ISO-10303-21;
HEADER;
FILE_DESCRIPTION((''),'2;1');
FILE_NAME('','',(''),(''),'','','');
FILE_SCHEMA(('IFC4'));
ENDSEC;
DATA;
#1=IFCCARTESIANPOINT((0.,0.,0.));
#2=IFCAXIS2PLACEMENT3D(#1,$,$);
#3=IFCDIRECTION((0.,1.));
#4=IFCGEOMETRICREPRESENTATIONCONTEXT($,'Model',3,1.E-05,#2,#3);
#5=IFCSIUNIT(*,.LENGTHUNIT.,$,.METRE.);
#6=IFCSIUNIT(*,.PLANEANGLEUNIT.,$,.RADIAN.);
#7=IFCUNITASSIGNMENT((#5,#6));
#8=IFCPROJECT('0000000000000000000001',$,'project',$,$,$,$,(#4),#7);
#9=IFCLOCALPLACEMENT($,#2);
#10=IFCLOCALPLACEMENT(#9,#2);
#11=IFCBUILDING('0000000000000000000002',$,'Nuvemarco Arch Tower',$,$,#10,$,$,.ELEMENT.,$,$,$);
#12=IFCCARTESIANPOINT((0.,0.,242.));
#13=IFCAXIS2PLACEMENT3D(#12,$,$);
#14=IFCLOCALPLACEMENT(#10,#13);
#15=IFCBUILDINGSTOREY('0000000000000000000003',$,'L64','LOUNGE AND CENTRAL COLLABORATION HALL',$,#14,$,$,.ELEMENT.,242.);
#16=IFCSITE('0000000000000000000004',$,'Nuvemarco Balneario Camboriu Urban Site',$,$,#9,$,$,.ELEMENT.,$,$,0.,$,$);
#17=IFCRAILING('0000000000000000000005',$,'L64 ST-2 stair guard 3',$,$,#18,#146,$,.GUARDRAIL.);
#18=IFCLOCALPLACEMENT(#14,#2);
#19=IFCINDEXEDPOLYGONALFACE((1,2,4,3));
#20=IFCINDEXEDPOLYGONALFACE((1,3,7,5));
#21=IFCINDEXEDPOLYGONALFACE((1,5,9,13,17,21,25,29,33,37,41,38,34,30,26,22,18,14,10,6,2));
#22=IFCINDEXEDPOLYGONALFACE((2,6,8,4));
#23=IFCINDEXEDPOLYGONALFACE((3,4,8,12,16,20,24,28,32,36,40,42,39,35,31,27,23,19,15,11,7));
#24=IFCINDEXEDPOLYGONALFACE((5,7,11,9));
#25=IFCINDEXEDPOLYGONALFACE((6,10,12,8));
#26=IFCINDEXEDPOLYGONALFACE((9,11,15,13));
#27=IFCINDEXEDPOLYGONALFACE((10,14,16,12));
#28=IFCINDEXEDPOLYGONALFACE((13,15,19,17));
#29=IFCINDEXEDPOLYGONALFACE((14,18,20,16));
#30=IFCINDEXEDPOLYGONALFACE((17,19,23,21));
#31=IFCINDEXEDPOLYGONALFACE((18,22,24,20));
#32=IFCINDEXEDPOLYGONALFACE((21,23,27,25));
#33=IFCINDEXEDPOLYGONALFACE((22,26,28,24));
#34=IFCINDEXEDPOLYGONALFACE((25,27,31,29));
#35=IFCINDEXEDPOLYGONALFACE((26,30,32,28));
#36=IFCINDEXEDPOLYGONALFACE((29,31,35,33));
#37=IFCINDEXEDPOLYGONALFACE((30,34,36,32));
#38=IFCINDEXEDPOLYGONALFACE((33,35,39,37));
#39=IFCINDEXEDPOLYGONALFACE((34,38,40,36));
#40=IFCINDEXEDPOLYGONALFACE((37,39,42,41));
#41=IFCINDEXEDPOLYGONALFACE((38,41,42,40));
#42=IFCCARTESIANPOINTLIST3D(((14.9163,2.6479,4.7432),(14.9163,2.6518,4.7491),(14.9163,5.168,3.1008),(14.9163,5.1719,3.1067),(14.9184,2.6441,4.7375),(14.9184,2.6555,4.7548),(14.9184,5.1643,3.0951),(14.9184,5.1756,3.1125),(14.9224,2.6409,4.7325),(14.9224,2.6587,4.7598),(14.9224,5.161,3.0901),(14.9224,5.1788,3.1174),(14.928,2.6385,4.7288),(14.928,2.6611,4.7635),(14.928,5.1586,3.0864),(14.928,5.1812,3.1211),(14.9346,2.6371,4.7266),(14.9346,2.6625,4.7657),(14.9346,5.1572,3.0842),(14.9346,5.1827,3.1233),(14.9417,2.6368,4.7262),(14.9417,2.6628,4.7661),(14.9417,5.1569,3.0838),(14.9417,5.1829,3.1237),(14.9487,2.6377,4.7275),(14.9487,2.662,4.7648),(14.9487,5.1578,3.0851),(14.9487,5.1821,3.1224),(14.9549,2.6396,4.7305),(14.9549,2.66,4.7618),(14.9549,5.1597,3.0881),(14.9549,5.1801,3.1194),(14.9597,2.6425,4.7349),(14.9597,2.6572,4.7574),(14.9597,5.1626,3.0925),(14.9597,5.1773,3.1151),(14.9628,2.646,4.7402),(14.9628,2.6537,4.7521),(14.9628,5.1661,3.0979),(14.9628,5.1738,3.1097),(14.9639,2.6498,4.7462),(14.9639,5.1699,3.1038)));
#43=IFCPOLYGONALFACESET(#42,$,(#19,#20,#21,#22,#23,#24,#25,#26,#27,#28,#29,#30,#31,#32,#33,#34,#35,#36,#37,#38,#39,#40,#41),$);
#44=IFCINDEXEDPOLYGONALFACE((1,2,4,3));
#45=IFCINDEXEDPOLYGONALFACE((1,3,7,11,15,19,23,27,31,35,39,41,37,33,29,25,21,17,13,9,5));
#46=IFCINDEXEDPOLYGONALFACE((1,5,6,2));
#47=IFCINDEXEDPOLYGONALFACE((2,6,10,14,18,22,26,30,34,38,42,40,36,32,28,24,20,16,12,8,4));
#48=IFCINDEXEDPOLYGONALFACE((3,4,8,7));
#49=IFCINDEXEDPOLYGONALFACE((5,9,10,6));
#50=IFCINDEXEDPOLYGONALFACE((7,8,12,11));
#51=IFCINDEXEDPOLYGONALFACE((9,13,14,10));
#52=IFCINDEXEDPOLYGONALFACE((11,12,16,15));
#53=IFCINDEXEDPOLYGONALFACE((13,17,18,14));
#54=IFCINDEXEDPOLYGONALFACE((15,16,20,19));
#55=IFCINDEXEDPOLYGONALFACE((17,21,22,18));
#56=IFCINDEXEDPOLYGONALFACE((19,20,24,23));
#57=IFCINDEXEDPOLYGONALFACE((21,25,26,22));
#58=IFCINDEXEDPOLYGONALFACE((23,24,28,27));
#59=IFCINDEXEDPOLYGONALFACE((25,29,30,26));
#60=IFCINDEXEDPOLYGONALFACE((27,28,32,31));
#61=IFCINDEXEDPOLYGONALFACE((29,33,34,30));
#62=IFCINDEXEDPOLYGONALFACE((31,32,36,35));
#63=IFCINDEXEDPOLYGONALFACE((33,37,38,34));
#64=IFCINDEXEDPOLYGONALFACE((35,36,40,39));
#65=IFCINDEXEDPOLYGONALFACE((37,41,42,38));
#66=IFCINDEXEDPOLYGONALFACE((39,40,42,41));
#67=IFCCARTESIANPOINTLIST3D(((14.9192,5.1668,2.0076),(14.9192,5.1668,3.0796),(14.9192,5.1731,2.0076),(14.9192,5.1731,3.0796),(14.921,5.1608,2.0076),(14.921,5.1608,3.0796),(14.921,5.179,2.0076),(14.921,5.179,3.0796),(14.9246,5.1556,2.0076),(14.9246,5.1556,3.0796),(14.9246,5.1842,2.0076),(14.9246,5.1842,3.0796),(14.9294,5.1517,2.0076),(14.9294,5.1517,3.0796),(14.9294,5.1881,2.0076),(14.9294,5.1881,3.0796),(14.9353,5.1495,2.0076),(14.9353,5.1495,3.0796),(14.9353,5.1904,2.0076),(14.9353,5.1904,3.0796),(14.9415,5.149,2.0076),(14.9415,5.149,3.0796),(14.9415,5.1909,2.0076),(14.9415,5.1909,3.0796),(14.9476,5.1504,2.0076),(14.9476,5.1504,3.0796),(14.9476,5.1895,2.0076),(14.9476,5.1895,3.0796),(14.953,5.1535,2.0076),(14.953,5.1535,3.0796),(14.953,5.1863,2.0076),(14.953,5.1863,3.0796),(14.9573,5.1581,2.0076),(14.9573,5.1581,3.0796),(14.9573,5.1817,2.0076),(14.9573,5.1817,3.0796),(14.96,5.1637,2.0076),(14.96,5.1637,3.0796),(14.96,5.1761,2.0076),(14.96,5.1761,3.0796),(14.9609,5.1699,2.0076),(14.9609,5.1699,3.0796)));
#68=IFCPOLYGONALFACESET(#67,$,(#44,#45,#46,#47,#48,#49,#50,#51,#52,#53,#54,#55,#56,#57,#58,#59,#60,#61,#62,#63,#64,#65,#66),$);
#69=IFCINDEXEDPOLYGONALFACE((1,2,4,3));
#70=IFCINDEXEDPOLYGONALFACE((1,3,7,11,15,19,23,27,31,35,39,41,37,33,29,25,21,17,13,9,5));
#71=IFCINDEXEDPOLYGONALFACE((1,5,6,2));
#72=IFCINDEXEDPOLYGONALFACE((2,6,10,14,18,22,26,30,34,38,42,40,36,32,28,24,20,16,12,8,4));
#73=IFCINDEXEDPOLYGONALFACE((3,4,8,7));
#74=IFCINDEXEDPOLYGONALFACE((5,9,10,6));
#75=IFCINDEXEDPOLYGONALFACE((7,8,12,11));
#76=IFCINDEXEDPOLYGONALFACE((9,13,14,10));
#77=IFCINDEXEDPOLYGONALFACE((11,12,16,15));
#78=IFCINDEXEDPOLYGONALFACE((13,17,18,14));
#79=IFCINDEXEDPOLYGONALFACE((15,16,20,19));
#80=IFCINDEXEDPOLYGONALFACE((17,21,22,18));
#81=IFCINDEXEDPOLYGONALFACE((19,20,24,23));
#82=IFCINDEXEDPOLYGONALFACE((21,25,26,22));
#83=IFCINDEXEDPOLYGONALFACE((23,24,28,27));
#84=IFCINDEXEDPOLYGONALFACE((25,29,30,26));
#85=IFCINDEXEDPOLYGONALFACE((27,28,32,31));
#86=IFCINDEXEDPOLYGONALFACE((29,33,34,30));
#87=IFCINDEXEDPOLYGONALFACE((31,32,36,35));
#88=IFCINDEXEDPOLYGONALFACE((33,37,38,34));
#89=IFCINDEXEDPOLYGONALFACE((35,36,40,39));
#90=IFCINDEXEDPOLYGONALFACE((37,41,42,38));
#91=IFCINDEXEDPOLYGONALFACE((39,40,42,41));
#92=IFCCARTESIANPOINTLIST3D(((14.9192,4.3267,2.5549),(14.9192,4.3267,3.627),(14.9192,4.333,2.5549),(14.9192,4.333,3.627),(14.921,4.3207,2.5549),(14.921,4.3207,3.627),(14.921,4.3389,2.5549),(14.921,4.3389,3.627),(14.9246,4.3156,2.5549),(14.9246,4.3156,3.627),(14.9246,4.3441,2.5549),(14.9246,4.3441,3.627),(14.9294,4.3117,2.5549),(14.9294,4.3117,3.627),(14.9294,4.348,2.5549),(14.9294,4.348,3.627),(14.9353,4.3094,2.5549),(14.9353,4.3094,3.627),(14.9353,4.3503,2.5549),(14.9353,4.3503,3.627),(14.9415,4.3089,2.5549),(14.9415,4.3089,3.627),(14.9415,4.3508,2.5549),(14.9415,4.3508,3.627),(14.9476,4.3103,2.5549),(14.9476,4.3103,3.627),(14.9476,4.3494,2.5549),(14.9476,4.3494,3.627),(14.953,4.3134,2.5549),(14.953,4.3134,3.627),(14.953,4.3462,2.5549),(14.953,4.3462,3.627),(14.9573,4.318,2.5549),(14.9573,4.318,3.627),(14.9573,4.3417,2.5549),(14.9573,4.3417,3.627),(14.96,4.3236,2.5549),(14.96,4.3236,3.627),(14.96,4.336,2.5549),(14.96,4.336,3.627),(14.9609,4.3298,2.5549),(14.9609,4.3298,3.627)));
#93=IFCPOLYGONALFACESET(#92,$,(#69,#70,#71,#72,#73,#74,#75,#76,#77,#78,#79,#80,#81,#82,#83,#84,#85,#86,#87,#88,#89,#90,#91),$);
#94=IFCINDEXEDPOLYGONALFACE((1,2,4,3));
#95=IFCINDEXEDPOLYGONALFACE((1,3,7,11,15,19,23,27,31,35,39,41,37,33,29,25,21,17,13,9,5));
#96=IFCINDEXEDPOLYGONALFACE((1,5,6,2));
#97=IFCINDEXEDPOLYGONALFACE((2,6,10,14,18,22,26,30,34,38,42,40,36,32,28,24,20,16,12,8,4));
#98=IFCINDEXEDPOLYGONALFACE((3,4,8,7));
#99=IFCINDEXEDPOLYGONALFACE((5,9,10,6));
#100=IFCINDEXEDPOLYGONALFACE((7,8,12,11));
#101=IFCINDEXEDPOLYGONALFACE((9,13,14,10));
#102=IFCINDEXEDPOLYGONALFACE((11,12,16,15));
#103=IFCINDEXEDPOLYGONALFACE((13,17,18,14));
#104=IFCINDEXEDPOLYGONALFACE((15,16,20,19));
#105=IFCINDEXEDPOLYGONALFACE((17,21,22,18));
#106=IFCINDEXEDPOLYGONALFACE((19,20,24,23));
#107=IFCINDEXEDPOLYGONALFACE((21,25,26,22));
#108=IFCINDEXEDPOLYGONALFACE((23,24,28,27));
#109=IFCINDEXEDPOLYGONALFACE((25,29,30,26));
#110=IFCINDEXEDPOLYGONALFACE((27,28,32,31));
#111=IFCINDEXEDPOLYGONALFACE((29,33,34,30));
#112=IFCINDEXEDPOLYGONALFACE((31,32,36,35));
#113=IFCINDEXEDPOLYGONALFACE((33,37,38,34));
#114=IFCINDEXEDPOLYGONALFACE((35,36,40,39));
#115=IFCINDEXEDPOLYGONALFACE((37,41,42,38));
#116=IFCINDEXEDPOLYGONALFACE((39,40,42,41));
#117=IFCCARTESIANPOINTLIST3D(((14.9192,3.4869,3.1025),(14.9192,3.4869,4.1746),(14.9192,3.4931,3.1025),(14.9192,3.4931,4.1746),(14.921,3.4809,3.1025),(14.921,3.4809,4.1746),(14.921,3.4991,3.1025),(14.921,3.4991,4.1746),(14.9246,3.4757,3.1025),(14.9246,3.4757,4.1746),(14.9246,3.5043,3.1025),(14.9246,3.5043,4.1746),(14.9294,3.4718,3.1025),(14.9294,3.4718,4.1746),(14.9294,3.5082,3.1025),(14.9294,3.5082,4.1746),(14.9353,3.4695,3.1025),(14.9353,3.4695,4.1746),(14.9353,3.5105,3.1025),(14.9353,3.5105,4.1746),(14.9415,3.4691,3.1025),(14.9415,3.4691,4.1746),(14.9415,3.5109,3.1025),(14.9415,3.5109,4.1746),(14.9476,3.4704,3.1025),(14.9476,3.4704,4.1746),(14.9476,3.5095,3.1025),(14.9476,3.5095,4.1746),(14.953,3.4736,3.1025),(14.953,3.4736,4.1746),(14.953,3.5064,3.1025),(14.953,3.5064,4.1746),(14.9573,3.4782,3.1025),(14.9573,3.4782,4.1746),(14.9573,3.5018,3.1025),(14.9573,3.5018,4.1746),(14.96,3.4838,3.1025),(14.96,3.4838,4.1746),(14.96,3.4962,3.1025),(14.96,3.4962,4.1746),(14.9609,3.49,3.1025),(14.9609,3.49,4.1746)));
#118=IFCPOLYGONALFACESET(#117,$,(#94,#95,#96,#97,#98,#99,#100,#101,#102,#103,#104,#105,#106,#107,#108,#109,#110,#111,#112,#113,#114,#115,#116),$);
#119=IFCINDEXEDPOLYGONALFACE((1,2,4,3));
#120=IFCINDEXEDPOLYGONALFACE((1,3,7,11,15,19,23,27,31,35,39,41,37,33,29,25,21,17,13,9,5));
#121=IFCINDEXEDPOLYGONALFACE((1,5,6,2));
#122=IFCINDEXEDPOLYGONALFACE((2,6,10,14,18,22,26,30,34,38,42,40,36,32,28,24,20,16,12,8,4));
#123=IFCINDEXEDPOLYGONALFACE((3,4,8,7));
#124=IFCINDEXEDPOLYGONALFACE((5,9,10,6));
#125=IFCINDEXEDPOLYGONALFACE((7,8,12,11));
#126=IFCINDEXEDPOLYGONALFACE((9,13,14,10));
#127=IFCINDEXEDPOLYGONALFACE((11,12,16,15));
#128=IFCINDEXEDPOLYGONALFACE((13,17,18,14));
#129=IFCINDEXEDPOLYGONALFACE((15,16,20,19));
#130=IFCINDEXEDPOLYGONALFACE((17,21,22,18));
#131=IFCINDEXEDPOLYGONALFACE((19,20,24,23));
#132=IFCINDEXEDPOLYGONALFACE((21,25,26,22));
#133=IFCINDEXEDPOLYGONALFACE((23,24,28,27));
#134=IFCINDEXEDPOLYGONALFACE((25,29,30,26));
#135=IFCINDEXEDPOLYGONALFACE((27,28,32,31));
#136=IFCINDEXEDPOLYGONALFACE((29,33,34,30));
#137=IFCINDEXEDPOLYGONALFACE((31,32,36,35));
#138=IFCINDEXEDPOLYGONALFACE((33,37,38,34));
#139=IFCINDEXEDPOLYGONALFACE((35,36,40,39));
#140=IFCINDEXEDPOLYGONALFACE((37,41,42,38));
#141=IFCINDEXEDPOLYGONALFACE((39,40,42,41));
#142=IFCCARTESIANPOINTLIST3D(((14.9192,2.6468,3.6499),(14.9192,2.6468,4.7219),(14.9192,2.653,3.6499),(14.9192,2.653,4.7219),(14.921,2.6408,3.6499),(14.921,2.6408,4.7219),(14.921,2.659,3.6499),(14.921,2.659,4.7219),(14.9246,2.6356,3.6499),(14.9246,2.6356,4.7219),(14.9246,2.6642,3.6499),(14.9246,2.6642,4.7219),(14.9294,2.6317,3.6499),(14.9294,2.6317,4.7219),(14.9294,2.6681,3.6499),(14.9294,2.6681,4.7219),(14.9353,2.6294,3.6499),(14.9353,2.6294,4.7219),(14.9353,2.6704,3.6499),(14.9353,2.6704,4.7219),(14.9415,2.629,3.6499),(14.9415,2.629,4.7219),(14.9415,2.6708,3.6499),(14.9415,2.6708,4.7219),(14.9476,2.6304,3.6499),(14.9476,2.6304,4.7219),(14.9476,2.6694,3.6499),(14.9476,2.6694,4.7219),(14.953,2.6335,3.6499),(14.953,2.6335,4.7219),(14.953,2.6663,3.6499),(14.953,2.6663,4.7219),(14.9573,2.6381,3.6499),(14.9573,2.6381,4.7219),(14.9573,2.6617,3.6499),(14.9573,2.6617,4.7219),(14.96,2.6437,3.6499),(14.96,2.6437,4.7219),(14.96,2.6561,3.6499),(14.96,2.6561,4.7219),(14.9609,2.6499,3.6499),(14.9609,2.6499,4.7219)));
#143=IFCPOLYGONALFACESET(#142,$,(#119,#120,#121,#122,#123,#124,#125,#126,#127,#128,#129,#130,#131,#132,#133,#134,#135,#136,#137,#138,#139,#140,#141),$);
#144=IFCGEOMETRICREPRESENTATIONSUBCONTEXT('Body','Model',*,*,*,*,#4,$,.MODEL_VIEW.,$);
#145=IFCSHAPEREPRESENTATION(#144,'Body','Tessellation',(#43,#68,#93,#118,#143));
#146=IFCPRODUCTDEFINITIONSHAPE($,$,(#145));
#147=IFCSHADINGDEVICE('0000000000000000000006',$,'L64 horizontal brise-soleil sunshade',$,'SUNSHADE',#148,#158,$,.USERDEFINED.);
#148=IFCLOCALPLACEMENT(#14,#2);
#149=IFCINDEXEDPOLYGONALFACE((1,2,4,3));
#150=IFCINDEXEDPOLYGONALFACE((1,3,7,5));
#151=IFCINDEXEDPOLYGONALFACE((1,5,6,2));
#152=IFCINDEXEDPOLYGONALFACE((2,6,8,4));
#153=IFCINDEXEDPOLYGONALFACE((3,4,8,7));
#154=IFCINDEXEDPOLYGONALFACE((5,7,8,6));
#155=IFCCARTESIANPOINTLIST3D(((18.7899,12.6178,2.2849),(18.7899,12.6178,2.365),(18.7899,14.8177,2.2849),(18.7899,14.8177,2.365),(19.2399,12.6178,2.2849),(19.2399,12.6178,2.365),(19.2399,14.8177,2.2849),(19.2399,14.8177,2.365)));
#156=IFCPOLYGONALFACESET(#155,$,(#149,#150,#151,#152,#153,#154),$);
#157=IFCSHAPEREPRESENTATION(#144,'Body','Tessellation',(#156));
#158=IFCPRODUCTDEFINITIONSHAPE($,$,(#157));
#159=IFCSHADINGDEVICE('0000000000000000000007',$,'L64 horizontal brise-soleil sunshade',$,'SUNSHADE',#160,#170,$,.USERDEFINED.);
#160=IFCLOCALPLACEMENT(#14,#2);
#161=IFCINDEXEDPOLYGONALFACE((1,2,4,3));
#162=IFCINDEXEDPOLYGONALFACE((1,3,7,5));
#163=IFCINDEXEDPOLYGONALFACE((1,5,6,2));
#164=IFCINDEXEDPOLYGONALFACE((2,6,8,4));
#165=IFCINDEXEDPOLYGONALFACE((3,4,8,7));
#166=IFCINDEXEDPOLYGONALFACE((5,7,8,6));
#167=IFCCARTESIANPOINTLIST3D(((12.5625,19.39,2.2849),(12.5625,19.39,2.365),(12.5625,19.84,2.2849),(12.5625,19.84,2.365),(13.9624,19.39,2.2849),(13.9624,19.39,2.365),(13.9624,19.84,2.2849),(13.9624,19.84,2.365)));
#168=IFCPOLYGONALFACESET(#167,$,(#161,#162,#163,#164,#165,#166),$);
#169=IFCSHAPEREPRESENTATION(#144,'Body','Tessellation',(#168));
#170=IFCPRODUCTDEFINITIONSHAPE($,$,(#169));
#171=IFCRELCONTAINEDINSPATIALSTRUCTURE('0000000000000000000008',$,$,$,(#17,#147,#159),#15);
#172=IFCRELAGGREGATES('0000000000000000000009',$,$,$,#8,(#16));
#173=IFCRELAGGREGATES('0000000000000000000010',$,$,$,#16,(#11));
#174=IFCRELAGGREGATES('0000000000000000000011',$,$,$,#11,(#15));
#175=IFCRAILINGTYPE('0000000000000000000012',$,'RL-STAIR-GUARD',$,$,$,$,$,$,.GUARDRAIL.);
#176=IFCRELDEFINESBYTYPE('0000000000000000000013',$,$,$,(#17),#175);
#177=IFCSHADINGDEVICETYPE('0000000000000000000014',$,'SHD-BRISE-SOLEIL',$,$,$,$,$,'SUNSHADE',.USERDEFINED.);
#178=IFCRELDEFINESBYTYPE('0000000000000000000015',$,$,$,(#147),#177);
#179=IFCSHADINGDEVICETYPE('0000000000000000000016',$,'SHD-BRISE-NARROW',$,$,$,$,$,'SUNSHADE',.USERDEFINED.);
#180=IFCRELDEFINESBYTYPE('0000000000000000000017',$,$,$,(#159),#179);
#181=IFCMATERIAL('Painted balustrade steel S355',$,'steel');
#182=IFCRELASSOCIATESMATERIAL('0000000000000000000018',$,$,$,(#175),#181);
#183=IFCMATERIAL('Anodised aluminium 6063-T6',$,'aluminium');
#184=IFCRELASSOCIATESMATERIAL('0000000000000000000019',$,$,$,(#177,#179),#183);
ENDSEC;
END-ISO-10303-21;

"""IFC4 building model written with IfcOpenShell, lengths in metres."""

from ifc_helpers import new_model, si_unit, direction, frame, origin, origin_2d, place, context, subcontext, project, spatial, rectangle, circle, extrude, source, transform, mapped, material, type_object, type_shapes, element, save


model = new_model("IFC4")

# Units and contexts
model_context = context("Model", 3, precision=1e-05, world=origin(), true_north=direction((0.0, 1.0)))
body_context = subcontext(model_context, "Body", "Model", "MODEL_VIEW")
ifc_project = project(units=[si_unit("LENGTHUNIT", "METRE"), si_unit("PLANEANGLEUNIT", "RADIAN")], contexts=[model_context])

# Site, building, storey
site_placement = place(None, origin())
site = spatial("IfcSite", under=ifc_project, at=site_placement, Name="Nuvemarco Balneario Camboriu Urban Site", CompositionType="ELEMENT", RefElevation=0.0)
building_placement = place(site_placement, origin())
building = spatial("IfcBuilding", under=site, at=building_placement, Name="Nuvemarco Arch Tower", CompositionType="ELEMENT")
storey_placement = place(building_placement, frame((0.0, 0.0, 242.0)))
storey = spatial("IfcBuildingStorey", under=building, at=storey_placement, Name="L64", Description="LOUNGE AND CENTRAL COLLABORATION HALL", CompositionType="ELEMENT", Elevation=242.0)

# Railing
ifc_material_1 = material(Name="Painted balustrade steel S355", Category="steel")
railing_type = type_object("IfcRailingType", Name="RL-STAIR-GUARD", PredefinedType="GUARDRAIL", material=ifc_material_1)
railing_1_placement = place(storey_placement, frame((14.9399, 5.1699, 2.0076)))
element("IfcRailing", 1, at=railing_1_placement, inside=storey, type_object=railing_type, Name="L64 ST-2 stair guard 3", PredefinedType="GUARDRAIL", context=body_context, shape_type="SweptSolid", body=[
    extrude(circle(Radius=0.0239, at=origin_2d()), frame((0.0, 0.0, 1.0962), z_axis=(0.0, -0.837787, 0.545998), x_axis=(1.0, 0.0, 0.0)), (0.0, 0.0, 1.0), 3.0081),
    extrude(circle(Radius=0.021, at=origin_2d()), origin(), (0.0, 0.0, 1.0), 1.072),
    extrude(circle(Radius=0.021, at=origin_2d()), frame((0.0, -0.8401, 0.5474)), (0.0, 0.0, 1.0), 1.072),
    extrude(circle(Radius=0.021, at=origin_2d()), frame((0.0, -1.6799, 1.095)), (0.0, 0.0, 1.0), 1.072),
    extrude(circle(Radius=0.021, at=origin_2d()), frame((0.0, -2.52, 1.6423)), (0.0, 0.0, 1.0), 1.072),
])

# Shading devices
ifc_material_2 = material(Name="Anodised aluminium 6063-T6", Category="aluminium")
shading_device_type_1 = type_object("IfcShadingDeviceType", Name="SHD-BRISE-SOLEIL", ElementType="SUNSHADE", PredefinedType="USERDEFINED", material=ifc_material_2)
shared_shape_1 = source(origin(), body_context, "Body", "SweptSolid", [
    extrude(rectangle(XDim=2.2, YDim=0.45, at=origin_2d()), origin(), (0.0, 0.0, 1.0), 0.0801),
])
type_shapes(shading_device_type_1, [shared_shape_1])
shading_device_1_placement = place(storey_placement, frame((19.0149, 13.7178, 2.2849), z_axis=(0.0, 0.0, 1.0), x_axis=(0.0, 1.0, 0.0)))
element("IfcShadingDevice", 2, at=shading_device_1_placement, inside=storey, type_object=shading_device_type_1, Name="L64 horizontal brise-soleil sunshade", ObjectType="SUNSHADE", PredefinedType="USERDEFINED", context=body_context, shape_type="MappedRepresentation", body=[
    mapped(shared_shape_1, transform((0.0, 0.0, 0.0), scale=1.0)),
])
shading_device_type_2 = type_object("IfcShadingDeviceType", Name="SHD-BRISE-NARROW", ElementType="SUNSHADE", PredefinedType="USERDEFINED", material=ifc_material_2)
shared_shape_2 = source(origin(), body_context, "Body", "SweptSolid", [
    extrude(rectangle(XDim=1.3999, YDim=0.45, at=origin_2d()), origin(), (0.0, 0.0, 1.0), 0.0801),
])
type_shapes(shading_device_type_2, [shared_shape_2])
shading_device_2_placement = place(storey_placement, frame((13.2625, 19.615, 2.2849), z_axis=(0.0, 0.0, 1.0), x_axis=(1.0, 0.0, 0.0)))
element("IfcShadingDevice", 3, at=shading_device_2_placement, inside=storey, type_object=shading_device_type_2, Name="L64 horizontal brise-soleil sunshade", ObjectType="SUNSHADE", PredefinedType="USERDEFINED", context=body_context, shape_type="MappedRepresentation", body=[
    mapped(shared_shape_2, transform((0.0, 0.0, 0.0), scale=1.0)),
])

save(model, "model.ifc")
